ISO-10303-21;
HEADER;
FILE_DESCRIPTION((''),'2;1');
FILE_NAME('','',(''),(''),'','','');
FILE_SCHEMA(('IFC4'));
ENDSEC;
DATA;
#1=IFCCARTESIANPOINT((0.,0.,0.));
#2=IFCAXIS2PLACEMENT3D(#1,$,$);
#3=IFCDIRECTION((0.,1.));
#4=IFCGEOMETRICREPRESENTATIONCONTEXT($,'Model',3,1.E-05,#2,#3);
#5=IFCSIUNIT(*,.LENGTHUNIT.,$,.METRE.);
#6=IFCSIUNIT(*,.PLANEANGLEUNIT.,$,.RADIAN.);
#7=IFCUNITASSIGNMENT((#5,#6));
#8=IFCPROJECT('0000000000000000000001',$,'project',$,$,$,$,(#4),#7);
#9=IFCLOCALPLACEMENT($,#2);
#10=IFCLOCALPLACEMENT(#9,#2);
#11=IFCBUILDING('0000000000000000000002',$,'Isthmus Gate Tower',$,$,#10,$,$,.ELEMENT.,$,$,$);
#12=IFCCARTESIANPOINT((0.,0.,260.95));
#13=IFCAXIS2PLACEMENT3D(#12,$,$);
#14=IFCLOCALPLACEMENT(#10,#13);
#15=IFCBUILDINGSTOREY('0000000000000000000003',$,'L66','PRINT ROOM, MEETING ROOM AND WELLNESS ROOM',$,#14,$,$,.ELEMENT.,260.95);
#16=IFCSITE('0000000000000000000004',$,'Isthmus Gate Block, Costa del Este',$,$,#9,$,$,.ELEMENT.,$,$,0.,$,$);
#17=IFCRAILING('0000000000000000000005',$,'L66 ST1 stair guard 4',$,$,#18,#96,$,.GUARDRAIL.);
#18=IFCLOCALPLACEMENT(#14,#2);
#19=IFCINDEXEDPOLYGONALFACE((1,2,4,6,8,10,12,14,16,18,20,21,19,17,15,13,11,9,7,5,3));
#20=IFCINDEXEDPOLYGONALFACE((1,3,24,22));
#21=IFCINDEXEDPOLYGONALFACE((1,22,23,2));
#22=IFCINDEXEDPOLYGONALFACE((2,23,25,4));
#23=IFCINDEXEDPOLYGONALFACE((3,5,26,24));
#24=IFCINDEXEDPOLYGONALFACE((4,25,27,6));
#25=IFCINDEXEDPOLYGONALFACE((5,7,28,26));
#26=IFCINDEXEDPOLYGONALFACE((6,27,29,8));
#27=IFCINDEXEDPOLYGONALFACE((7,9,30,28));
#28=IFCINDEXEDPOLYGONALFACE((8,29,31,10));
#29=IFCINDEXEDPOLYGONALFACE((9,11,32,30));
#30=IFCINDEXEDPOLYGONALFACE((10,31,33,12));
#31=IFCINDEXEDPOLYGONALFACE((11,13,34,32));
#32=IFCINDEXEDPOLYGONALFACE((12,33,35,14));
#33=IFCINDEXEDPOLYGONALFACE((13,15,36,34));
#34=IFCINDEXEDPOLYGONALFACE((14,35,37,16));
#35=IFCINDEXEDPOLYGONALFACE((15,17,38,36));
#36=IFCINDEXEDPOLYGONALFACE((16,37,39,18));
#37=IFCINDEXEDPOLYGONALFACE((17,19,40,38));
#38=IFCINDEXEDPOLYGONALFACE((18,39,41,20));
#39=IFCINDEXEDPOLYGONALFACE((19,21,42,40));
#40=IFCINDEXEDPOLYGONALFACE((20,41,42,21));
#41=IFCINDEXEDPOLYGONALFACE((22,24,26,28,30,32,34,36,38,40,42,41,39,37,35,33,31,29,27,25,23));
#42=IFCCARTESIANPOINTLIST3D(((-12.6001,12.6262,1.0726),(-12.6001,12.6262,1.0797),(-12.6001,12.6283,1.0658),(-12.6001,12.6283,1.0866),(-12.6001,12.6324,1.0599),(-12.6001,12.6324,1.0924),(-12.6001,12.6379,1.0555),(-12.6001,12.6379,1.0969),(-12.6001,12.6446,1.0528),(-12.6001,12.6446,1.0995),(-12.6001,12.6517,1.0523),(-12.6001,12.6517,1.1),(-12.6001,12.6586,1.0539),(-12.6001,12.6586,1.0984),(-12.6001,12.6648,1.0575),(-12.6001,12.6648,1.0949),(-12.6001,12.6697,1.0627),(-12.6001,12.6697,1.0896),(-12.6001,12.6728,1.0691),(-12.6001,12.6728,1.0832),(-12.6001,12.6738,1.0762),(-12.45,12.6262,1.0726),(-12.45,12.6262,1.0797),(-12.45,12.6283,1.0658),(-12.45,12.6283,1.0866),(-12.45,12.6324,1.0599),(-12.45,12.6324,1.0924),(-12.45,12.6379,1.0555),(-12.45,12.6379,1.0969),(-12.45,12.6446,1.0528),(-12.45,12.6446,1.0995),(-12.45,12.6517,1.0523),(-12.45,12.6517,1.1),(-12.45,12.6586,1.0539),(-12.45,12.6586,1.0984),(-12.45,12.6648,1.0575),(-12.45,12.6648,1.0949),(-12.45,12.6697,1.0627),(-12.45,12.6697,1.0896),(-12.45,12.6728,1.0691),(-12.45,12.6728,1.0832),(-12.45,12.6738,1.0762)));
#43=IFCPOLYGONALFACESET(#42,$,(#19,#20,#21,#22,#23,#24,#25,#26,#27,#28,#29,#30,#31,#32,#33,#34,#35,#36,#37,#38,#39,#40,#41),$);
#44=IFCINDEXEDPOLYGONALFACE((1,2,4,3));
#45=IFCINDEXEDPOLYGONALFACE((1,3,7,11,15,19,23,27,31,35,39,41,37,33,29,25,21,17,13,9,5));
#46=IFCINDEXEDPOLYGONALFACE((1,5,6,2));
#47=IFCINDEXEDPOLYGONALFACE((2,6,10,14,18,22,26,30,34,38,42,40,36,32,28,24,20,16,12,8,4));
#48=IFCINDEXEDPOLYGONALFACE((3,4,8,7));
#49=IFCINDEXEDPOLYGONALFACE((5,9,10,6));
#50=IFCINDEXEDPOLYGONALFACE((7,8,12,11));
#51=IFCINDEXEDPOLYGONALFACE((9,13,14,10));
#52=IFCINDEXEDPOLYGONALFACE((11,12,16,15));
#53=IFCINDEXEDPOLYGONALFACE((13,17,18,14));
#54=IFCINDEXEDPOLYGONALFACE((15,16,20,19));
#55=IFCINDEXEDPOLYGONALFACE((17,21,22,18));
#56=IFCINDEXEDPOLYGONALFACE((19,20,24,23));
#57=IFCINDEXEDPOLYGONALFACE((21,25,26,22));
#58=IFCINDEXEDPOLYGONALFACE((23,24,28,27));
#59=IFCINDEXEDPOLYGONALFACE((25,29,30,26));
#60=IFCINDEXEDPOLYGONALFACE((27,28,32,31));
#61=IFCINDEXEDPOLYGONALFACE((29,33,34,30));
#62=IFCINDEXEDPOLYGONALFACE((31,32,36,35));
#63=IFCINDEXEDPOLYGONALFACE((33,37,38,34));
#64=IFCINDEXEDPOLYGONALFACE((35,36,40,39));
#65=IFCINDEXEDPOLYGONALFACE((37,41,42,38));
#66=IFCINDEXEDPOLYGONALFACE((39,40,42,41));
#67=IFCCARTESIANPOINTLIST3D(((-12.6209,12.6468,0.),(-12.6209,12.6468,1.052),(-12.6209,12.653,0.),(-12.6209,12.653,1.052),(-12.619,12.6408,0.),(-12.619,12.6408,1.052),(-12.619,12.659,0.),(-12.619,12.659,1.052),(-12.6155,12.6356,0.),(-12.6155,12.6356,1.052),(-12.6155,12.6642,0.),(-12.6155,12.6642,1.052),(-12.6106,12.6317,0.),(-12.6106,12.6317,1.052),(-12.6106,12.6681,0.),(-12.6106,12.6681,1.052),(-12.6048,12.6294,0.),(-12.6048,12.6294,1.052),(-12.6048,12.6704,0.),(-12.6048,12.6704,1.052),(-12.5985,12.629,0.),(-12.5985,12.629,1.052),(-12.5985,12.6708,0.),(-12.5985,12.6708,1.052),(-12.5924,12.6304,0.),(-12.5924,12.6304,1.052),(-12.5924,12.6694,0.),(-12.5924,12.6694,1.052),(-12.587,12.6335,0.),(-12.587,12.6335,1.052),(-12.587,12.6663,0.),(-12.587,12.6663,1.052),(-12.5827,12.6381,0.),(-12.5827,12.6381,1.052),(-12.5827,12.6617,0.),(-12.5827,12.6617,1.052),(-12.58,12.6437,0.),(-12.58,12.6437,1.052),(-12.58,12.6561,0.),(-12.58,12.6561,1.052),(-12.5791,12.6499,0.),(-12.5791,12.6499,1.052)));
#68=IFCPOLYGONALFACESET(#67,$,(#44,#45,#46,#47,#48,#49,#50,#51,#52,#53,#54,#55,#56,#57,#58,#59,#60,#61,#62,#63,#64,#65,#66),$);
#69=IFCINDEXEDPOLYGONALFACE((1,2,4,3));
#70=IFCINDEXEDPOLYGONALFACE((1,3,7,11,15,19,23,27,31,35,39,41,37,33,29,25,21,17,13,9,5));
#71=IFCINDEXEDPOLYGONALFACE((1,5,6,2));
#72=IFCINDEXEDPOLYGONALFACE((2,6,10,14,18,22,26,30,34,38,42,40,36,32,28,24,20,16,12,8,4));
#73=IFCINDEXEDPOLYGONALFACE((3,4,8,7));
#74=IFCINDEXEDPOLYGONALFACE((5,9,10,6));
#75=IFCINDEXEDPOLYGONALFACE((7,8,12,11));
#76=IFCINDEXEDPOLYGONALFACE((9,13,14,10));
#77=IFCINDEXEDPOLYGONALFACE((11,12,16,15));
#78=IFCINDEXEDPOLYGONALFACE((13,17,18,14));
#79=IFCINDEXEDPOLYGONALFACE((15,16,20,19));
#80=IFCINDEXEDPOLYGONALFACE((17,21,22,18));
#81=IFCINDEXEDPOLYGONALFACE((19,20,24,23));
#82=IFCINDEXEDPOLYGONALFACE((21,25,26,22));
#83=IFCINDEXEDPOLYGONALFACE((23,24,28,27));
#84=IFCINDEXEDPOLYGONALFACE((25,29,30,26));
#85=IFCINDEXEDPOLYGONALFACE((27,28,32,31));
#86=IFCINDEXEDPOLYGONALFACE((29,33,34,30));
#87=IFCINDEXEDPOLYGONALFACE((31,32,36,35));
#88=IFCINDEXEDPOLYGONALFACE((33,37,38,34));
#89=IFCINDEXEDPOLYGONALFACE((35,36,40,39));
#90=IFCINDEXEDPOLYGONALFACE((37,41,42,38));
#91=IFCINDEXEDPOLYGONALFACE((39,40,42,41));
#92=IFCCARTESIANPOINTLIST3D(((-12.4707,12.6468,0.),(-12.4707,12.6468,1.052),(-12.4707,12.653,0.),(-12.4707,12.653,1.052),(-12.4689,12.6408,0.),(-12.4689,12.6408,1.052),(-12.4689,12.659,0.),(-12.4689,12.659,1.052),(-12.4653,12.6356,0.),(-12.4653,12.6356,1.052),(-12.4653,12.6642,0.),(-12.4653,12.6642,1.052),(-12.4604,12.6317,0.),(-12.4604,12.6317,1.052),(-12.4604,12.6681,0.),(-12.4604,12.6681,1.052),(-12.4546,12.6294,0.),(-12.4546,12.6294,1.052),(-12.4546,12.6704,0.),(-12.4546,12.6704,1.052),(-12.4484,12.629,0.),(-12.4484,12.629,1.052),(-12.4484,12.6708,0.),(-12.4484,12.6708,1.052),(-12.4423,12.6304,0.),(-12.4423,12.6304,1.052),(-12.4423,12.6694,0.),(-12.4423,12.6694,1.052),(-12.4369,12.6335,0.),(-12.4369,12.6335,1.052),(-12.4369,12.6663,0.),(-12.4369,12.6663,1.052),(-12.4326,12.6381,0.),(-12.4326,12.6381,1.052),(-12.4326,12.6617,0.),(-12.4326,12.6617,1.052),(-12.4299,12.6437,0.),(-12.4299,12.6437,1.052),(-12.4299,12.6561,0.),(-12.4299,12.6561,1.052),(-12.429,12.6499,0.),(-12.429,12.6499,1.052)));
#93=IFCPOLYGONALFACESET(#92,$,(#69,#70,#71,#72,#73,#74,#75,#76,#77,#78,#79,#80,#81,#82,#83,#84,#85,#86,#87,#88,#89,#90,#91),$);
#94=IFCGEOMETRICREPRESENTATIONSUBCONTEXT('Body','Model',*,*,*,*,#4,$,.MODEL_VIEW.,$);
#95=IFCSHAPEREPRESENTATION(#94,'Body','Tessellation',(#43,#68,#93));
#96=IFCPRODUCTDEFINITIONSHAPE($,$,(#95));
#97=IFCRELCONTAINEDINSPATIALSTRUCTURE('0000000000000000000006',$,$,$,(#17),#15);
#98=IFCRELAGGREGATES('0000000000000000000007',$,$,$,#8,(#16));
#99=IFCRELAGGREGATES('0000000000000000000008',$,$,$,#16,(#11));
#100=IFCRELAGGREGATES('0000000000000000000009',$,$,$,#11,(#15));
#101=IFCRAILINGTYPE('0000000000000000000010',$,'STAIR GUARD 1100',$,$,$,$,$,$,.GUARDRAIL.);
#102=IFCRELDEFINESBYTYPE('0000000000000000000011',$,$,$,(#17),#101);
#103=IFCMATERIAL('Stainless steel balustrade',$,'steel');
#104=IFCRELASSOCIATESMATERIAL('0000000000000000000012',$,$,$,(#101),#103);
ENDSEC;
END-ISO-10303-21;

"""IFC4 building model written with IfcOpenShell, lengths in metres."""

from ifc_helpers import new_model, si_unit, direction, frame, origin, origin_2d, place, context, subcontext, project, spatial, circle, extrude, material, type_object, element, save


model = new_model("IFC4")

# Units and contexts
model_context = context("Model", 3, precision=1e-05, world=origin(), true_north=direction((0.0, 1.0)))
body_context = subcontext(model_context, "Body", "Model", "MODEL_VIEW")
ifc_project = project(units=[si_unit("LENGTHUNIT", "METRE"), si_unit("PLANEANGLEUNIT", "RADIAN")], contexts=[model_context])

# Site, building, storey
site_placement = place(None, origin())
site = spatial("IfcSite", under=ifc_project, at=site_placement, Name="Isthmus Gate Block, Costa del Este", CompositionType="ELEMENT", RefElevation=0.0)
building_placement = place(site_placement, origin())
building = spatial("IfcBuilding", under=site, at=building_placement, Name="Isthmus Gate Tower", CompositionType="ELEMENT")
storey_placement = place(building_placement, frame((0.0, 0.0, 260.95)))
storey = spatial("IfcBuildingStorey", under=building, at=storey_placement, Name="L66", Description="PRINT ROOM, MEETING ROOM AND WELLNESS ROOM", CompositionType="ELEMENT", Elevation=260.95)

# Railing
ifc_material_1 = material(Name="Stainless steel balustrade", Category="steel")
railing_type_1 = type_object("IfcRailingType", Name="STAIR GUARD 1100", PredefinedType="GUARDRAIL", material=ifc_material_1)
railing_1_placement = place(storey_placement, frame((-12.6001, 12.6499, 0.0)))
element("IfcRailing", 1, at=railing_1_placement, inside=storey, type_object=railing_type_1, Name="L66 ST1 stair guard 4", PredefinedType="GUARDRAIL", context=body_context, shape_type="SweptSolid", body=[
    extrude(circle(Radius=0.0239, at=origin_2d()), frame((0.0, 0.0, 1.0762), z_axis=(1.0, 0.0, 0.0), x_axis=(0.0, 1.0, 0.0)), (0.0, 0.0, 1.0), 0.1501),
    extrude(circle(Radius=0.021, at=origin_2d()), origin(), (0.0, 0.0, 1.0), 1.052),
    extrude(circle(Radius=0.021, at=origin_2d()), frame((0.1501, 0.0, 0.0)), (0.0, 0.0, 1.0), 1.052),
])

save(model, "model.ifc")
